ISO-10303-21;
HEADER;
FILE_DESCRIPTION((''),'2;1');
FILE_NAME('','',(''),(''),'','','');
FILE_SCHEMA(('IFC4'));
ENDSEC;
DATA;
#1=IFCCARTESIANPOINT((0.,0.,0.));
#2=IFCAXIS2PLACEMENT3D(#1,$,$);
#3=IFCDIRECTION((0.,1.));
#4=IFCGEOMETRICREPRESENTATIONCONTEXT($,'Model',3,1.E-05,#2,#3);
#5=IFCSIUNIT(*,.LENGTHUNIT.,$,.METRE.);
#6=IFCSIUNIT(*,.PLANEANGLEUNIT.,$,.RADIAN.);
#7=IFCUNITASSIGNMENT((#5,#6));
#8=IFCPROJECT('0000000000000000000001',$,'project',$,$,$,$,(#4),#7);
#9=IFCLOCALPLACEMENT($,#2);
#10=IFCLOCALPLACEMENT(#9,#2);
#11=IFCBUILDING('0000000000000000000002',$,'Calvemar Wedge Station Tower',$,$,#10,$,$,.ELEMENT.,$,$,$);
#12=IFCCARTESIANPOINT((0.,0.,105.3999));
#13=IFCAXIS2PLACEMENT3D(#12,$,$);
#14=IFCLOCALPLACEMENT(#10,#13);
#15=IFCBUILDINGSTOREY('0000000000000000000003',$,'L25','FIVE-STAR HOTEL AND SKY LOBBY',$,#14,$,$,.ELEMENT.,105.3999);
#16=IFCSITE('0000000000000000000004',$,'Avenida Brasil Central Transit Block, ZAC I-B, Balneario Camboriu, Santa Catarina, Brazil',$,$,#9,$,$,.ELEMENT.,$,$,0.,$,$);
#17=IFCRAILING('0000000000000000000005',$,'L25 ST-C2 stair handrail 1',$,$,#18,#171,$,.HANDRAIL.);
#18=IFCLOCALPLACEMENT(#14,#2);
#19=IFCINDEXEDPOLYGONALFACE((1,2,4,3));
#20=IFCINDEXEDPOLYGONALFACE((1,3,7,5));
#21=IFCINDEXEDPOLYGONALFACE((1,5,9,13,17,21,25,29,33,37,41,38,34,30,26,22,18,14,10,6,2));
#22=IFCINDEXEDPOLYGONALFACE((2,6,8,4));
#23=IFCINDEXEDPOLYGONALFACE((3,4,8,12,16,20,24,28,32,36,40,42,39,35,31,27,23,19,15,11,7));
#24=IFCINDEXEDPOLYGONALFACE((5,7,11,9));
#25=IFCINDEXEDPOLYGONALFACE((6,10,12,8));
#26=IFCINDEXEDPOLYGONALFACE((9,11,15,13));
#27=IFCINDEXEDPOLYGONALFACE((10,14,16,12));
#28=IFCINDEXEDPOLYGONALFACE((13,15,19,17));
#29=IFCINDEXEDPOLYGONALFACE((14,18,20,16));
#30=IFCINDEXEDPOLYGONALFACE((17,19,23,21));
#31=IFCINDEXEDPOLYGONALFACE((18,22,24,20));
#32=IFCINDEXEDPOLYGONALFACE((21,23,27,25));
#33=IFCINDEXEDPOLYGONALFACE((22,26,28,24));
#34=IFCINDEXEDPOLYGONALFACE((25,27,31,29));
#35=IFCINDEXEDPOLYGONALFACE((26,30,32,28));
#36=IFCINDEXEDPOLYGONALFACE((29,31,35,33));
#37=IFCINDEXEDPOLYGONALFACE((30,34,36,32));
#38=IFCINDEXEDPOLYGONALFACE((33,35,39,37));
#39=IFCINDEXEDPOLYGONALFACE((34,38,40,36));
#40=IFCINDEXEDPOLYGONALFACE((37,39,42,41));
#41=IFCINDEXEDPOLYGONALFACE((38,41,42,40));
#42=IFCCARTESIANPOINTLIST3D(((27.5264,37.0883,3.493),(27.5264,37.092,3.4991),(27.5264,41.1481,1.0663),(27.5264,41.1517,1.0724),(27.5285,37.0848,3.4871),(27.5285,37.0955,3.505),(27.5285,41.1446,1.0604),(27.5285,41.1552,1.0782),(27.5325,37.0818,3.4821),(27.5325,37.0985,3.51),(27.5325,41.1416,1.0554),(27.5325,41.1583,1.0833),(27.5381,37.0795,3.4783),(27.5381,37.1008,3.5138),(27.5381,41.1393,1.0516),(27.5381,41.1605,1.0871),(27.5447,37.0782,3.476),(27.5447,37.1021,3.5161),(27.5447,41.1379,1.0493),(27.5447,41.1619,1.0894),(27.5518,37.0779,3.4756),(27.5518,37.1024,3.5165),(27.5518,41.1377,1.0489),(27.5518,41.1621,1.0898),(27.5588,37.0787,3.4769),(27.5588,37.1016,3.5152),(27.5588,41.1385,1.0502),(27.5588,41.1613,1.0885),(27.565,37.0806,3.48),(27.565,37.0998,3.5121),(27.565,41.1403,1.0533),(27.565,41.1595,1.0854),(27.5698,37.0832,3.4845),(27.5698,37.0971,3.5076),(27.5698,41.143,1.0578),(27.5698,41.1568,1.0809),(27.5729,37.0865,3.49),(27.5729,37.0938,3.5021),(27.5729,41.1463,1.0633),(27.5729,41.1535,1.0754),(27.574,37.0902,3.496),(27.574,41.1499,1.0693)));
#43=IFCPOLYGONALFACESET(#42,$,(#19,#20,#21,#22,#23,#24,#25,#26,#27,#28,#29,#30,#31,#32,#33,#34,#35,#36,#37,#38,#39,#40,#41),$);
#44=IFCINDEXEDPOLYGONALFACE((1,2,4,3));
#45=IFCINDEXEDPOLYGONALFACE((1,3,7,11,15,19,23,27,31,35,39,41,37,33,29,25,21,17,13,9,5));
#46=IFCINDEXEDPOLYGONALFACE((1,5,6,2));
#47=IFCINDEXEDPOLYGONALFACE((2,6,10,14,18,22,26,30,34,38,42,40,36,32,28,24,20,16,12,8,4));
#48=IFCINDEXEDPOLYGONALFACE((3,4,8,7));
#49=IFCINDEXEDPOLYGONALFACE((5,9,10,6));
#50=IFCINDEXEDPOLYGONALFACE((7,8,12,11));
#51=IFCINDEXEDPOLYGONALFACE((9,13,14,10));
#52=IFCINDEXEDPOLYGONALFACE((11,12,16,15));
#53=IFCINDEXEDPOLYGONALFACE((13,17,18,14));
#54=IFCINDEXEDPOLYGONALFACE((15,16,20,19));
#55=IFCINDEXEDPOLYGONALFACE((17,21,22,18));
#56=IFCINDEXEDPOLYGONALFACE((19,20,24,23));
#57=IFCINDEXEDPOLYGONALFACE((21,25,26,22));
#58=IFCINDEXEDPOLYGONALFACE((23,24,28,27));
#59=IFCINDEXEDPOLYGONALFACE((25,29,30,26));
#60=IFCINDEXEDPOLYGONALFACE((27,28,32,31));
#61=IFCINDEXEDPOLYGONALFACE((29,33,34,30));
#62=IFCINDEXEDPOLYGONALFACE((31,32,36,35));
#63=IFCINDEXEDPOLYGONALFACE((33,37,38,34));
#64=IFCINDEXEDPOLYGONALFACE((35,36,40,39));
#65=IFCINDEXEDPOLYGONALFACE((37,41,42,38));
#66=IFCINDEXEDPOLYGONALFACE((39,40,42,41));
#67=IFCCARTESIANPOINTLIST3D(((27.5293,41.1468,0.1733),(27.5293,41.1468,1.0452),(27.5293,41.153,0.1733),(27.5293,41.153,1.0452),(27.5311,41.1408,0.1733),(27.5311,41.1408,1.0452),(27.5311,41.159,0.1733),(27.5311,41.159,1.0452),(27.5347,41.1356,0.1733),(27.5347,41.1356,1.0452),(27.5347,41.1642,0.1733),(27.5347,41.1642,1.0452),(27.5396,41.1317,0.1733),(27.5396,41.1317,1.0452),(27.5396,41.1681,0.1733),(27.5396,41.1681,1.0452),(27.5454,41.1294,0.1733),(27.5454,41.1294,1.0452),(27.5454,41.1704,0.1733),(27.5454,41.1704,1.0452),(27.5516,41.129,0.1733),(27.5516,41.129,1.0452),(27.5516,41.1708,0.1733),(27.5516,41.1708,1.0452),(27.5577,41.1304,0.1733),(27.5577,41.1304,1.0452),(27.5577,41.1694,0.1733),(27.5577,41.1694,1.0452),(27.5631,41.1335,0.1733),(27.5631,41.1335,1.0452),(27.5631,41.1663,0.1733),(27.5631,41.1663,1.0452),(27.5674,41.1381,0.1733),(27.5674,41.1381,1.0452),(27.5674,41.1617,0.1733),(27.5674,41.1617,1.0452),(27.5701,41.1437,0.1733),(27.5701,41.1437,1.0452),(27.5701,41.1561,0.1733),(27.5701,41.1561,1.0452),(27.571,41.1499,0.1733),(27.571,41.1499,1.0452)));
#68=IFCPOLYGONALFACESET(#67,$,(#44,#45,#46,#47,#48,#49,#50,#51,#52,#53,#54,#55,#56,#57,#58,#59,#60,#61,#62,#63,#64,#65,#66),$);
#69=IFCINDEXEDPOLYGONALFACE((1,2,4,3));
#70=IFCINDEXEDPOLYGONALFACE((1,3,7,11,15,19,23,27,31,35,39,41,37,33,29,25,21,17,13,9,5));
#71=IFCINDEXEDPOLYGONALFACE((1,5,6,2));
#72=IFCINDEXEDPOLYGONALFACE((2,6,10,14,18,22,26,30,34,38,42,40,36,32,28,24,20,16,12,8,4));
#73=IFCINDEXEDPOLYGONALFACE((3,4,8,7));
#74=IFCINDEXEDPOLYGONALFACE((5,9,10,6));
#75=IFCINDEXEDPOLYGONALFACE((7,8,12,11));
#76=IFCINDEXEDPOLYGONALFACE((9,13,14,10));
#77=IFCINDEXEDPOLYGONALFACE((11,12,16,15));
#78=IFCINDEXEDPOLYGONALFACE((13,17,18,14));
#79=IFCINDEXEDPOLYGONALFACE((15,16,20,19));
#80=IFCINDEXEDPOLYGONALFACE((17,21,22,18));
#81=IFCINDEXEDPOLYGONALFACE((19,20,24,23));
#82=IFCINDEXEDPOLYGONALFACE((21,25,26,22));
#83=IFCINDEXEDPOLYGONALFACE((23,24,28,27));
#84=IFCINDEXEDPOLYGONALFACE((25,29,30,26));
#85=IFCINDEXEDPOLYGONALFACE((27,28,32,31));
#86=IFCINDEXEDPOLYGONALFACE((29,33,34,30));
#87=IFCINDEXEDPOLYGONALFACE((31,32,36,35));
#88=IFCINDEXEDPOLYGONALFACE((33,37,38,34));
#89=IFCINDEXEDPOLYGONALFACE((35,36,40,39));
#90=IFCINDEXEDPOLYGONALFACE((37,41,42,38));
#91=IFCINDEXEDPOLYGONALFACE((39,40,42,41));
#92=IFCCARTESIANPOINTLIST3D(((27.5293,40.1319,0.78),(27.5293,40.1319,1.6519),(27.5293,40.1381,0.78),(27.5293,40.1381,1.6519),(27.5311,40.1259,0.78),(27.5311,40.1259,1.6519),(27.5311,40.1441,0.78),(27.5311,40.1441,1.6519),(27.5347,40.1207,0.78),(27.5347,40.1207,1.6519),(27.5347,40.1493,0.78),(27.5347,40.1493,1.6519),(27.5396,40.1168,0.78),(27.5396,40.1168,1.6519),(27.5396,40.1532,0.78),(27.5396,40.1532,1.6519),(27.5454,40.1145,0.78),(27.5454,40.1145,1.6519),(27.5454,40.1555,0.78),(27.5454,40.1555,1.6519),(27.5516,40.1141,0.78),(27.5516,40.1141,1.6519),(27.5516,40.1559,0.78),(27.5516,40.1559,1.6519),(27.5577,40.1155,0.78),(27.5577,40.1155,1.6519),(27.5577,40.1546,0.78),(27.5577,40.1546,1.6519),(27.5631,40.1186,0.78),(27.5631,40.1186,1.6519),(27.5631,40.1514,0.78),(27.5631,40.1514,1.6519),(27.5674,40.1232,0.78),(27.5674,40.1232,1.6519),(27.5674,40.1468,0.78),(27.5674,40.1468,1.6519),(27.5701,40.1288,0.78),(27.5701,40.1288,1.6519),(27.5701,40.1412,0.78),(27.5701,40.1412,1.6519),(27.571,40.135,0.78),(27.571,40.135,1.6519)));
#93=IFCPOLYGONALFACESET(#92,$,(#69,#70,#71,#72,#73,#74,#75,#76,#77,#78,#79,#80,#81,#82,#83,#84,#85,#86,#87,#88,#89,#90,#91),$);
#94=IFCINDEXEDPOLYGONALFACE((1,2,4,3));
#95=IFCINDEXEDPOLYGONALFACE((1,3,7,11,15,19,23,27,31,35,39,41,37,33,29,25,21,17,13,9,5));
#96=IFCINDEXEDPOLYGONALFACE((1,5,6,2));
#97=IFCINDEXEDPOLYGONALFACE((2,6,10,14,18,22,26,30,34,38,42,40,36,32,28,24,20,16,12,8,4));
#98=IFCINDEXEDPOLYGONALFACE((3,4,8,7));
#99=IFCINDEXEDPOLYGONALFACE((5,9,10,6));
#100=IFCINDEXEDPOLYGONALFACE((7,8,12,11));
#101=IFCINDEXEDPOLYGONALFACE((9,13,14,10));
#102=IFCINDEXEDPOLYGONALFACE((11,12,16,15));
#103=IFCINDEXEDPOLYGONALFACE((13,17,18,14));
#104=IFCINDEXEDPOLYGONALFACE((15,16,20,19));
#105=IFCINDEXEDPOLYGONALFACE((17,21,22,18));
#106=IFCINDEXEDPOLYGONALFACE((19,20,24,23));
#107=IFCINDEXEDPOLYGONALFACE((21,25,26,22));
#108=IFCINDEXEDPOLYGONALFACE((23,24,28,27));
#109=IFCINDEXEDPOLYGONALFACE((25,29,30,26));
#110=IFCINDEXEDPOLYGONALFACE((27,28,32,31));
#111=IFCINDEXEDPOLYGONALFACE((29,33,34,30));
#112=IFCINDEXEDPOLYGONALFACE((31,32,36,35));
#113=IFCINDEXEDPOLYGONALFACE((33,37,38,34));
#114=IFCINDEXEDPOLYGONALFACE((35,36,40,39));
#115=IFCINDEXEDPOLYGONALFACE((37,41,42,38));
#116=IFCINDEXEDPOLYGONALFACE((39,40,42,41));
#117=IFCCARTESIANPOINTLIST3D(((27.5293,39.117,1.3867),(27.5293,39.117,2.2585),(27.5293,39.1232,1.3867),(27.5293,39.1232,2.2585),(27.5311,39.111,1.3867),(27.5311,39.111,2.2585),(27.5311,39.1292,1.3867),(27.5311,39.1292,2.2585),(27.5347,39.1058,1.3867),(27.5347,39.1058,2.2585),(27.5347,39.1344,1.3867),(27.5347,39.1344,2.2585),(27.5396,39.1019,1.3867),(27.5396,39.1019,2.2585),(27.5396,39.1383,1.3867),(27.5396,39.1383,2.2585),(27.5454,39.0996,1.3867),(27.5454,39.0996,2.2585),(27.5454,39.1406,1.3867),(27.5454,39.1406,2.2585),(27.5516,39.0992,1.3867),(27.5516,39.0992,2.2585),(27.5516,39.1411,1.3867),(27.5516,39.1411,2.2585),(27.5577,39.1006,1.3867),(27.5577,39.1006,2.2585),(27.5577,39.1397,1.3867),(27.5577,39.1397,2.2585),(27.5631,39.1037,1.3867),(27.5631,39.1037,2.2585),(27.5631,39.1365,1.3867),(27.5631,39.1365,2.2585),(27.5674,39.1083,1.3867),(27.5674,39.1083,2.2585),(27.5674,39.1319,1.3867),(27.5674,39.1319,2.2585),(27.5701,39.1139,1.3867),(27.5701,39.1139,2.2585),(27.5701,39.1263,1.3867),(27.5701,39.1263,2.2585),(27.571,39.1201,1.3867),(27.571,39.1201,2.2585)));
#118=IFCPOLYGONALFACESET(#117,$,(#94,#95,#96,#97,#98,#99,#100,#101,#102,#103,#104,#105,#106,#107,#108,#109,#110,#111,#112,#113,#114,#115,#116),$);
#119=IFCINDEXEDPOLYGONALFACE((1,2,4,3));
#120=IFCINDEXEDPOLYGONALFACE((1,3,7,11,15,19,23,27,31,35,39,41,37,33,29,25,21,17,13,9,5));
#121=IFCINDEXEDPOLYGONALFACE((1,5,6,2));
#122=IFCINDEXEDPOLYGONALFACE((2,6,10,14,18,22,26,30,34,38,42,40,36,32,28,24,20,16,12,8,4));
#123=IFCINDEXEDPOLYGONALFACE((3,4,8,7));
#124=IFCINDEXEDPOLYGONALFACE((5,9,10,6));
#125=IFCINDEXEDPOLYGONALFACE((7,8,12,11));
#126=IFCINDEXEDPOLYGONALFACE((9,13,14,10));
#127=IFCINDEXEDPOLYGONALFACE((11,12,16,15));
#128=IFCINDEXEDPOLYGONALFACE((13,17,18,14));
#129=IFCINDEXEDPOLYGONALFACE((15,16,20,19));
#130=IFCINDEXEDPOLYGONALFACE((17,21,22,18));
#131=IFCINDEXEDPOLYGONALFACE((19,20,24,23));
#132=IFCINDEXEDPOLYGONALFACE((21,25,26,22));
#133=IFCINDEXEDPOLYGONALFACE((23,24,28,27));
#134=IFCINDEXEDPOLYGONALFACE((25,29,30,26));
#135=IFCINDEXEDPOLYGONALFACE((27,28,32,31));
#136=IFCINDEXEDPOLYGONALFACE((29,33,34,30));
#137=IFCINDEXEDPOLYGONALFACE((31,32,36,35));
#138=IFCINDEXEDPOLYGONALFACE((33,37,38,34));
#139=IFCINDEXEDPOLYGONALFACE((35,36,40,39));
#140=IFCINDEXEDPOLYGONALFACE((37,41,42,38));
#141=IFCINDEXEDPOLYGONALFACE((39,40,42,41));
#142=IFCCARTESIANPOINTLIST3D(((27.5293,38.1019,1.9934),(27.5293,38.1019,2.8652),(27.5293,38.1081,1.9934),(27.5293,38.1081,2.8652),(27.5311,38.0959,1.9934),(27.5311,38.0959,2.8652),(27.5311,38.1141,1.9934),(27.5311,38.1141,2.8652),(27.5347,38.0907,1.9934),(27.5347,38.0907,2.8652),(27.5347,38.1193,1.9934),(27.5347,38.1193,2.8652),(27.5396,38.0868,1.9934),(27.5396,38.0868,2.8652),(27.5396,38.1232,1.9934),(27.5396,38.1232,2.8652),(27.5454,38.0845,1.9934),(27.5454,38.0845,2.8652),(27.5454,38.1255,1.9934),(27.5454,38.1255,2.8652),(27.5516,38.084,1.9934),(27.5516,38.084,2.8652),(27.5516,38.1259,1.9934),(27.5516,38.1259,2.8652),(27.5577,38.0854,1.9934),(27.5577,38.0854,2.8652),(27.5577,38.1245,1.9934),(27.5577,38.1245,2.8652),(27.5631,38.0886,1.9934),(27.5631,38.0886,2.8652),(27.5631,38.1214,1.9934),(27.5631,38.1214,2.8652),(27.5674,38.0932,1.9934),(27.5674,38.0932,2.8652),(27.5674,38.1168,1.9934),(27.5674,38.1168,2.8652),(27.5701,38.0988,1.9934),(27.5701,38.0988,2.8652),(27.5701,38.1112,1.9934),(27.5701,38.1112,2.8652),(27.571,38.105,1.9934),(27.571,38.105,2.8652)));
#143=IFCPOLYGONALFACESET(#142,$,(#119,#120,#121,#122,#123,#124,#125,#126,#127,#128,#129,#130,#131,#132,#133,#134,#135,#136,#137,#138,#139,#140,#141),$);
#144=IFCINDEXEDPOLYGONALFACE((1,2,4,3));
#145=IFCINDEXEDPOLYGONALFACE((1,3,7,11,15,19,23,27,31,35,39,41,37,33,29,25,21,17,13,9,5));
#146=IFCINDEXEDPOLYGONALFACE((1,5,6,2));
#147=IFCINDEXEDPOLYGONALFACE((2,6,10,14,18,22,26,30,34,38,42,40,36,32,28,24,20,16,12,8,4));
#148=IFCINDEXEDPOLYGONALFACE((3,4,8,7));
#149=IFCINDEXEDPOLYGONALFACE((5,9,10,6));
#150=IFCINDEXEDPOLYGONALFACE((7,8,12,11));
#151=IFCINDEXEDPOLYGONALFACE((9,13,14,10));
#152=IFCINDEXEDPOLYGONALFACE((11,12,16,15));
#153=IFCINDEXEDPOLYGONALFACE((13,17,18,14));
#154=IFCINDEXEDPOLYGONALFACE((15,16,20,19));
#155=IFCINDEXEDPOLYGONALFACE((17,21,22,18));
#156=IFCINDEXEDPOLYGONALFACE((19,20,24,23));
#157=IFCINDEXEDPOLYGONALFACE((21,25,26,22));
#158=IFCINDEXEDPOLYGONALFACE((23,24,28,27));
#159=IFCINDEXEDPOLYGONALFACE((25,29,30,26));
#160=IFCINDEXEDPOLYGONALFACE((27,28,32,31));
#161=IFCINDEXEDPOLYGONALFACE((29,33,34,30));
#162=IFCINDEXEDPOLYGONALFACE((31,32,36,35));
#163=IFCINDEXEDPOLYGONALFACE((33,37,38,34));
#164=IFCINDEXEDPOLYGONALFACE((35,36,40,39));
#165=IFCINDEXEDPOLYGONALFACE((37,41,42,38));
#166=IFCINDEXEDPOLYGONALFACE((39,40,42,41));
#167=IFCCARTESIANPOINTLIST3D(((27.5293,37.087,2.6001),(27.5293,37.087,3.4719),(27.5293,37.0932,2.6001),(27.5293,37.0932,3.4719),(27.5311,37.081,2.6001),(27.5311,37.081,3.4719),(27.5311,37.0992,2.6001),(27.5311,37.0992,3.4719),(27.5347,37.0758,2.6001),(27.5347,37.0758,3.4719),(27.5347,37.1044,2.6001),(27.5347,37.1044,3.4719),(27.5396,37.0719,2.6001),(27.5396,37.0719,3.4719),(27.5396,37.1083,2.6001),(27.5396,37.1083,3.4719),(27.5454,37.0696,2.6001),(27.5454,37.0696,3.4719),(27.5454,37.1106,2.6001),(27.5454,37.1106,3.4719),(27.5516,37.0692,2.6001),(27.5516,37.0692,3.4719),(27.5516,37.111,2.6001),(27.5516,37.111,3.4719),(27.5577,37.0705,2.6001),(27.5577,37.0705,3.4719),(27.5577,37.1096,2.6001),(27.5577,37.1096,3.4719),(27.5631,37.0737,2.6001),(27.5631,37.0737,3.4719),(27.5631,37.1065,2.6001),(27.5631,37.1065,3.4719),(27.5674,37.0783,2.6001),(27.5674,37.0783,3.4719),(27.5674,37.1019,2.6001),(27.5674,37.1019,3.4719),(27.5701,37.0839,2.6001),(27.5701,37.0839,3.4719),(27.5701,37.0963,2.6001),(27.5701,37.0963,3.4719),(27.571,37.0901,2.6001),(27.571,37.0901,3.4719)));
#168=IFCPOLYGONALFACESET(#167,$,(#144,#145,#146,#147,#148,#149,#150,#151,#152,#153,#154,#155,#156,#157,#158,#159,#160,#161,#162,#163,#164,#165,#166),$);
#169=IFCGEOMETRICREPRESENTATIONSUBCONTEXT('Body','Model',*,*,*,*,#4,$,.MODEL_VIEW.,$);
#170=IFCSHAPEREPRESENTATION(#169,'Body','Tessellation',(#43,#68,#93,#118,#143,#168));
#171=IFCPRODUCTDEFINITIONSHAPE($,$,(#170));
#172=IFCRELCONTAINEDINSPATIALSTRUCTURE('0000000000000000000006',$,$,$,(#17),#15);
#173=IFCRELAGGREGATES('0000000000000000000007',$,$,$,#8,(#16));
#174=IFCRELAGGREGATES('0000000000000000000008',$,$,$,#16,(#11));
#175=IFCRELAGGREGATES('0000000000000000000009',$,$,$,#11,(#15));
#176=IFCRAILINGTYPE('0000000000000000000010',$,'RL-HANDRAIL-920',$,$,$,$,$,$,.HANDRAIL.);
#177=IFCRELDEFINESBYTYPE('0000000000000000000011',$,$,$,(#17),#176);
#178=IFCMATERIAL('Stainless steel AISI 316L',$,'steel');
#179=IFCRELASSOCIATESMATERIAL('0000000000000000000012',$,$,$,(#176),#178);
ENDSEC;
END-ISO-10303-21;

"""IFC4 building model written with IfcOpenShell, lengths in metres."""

from ifc_helpers import new_model, si_unit, direction, frame, origin, origin_2d, place, context, subcontext, project, spatial, circle, extrude, material, type_object, element, save


model = new_model("IFC4")

# Units and contexts
model_context = context("Model", 3, precision=1e-05, world=origin(), true_north=direction((0.0, 1.0)))
body_context = subcontext(model_context, "Body", "Model", "MODEL_VIEW")
ifc_project = project(units=[si_unit("LENGTHUNIT", "METRE"), si_unit("PLANEANGLEUNIT", "RADIAN")], contexts=[model_context])

# Site, building, storey
site_placement = place(None, origin())
site = spatial("IfcSite", under=ifc_project, at=site_placement, Name="Avenida Brasil Central Transit Block, ZAC I-B, Balneario Camboriu, Santa Catarina, Brazil", CompositionType="ELEMENT", RefElevation=0.0)
building_placement = place(site_placement, origin())
building = spatial("IfcBuilding", under=site, at=building_placement, Name="Calvemar Wedge Station Tower", CompositionType="ELEMENT")
storey_placement = place(building_placement, frame((0.0, 0.0, 105.3999)))
storey = spatial("IfcBuildingStorey", under=building, at=storey_placement, Name="L25", Description="FIVE-STAR HOTEL AND SKY LOBBY", CompositionType="ELEMENT", Elevation=105.3999)

# Railing
ifc_material_1 = material(Name="Stainless steel AISI 316L", Category="steel")
railing_type_1 = type_object("IfcRailingType", Name="RL-HANDRAIL-920", PredefinedType="HANDRAIL", material=ifc_material_1)
railing_1_placement = place(storey_placement, frame((27.55, 41.1499, 0.1733)))
element("IfcRailing", 1, at=railing_1_placement, inside=storey, type_object=railing_type_1, Name="L25 ST-C2 stair handrail 1", PredefinedType="HANDRAIL", context=body_context, shape_type="SweptSolid", body=[
    extrude(circle(Radius=0.0239, at=origin_2d()), frame((0.0, 0.0, 0.896), z_axis=(0.0, -0.858343, 0.513076), x_axis=(1.0, 0.0, 0.0)), (0.0, 0.0, 1.0), 4.7297),
    extrude(circle(Radius=0.021, at=origin_2d()), origin(), (0.0, 0.0, 1.0), 0.8718),
    extrude(circle(Radius=0.021, at=origin_2d()), frame((0.0, -1.0149, 0.6067)), (0.0, 0.0, 1.0), 0.8718),
    extrude(circle(Radius=0.021, at=origin_2d()), frame((0.0, -2.0298, 1.2134)), (0.0, 0.0, 1.0), 0.8718),
    extrude(circle(Radius=0.021, at=origin_2d()), frame((0.0, -3.0449, 1.8201)), (0.0, 0.0, 1.0), 0.8718),
    extrude(circle(Radius=0.021, at=origin_2d()), frame((0.0, -4.0598, 2.4268)), (0.0, 0.0, 1.0), 0.8718),
])

save(model, "model.ifc")
